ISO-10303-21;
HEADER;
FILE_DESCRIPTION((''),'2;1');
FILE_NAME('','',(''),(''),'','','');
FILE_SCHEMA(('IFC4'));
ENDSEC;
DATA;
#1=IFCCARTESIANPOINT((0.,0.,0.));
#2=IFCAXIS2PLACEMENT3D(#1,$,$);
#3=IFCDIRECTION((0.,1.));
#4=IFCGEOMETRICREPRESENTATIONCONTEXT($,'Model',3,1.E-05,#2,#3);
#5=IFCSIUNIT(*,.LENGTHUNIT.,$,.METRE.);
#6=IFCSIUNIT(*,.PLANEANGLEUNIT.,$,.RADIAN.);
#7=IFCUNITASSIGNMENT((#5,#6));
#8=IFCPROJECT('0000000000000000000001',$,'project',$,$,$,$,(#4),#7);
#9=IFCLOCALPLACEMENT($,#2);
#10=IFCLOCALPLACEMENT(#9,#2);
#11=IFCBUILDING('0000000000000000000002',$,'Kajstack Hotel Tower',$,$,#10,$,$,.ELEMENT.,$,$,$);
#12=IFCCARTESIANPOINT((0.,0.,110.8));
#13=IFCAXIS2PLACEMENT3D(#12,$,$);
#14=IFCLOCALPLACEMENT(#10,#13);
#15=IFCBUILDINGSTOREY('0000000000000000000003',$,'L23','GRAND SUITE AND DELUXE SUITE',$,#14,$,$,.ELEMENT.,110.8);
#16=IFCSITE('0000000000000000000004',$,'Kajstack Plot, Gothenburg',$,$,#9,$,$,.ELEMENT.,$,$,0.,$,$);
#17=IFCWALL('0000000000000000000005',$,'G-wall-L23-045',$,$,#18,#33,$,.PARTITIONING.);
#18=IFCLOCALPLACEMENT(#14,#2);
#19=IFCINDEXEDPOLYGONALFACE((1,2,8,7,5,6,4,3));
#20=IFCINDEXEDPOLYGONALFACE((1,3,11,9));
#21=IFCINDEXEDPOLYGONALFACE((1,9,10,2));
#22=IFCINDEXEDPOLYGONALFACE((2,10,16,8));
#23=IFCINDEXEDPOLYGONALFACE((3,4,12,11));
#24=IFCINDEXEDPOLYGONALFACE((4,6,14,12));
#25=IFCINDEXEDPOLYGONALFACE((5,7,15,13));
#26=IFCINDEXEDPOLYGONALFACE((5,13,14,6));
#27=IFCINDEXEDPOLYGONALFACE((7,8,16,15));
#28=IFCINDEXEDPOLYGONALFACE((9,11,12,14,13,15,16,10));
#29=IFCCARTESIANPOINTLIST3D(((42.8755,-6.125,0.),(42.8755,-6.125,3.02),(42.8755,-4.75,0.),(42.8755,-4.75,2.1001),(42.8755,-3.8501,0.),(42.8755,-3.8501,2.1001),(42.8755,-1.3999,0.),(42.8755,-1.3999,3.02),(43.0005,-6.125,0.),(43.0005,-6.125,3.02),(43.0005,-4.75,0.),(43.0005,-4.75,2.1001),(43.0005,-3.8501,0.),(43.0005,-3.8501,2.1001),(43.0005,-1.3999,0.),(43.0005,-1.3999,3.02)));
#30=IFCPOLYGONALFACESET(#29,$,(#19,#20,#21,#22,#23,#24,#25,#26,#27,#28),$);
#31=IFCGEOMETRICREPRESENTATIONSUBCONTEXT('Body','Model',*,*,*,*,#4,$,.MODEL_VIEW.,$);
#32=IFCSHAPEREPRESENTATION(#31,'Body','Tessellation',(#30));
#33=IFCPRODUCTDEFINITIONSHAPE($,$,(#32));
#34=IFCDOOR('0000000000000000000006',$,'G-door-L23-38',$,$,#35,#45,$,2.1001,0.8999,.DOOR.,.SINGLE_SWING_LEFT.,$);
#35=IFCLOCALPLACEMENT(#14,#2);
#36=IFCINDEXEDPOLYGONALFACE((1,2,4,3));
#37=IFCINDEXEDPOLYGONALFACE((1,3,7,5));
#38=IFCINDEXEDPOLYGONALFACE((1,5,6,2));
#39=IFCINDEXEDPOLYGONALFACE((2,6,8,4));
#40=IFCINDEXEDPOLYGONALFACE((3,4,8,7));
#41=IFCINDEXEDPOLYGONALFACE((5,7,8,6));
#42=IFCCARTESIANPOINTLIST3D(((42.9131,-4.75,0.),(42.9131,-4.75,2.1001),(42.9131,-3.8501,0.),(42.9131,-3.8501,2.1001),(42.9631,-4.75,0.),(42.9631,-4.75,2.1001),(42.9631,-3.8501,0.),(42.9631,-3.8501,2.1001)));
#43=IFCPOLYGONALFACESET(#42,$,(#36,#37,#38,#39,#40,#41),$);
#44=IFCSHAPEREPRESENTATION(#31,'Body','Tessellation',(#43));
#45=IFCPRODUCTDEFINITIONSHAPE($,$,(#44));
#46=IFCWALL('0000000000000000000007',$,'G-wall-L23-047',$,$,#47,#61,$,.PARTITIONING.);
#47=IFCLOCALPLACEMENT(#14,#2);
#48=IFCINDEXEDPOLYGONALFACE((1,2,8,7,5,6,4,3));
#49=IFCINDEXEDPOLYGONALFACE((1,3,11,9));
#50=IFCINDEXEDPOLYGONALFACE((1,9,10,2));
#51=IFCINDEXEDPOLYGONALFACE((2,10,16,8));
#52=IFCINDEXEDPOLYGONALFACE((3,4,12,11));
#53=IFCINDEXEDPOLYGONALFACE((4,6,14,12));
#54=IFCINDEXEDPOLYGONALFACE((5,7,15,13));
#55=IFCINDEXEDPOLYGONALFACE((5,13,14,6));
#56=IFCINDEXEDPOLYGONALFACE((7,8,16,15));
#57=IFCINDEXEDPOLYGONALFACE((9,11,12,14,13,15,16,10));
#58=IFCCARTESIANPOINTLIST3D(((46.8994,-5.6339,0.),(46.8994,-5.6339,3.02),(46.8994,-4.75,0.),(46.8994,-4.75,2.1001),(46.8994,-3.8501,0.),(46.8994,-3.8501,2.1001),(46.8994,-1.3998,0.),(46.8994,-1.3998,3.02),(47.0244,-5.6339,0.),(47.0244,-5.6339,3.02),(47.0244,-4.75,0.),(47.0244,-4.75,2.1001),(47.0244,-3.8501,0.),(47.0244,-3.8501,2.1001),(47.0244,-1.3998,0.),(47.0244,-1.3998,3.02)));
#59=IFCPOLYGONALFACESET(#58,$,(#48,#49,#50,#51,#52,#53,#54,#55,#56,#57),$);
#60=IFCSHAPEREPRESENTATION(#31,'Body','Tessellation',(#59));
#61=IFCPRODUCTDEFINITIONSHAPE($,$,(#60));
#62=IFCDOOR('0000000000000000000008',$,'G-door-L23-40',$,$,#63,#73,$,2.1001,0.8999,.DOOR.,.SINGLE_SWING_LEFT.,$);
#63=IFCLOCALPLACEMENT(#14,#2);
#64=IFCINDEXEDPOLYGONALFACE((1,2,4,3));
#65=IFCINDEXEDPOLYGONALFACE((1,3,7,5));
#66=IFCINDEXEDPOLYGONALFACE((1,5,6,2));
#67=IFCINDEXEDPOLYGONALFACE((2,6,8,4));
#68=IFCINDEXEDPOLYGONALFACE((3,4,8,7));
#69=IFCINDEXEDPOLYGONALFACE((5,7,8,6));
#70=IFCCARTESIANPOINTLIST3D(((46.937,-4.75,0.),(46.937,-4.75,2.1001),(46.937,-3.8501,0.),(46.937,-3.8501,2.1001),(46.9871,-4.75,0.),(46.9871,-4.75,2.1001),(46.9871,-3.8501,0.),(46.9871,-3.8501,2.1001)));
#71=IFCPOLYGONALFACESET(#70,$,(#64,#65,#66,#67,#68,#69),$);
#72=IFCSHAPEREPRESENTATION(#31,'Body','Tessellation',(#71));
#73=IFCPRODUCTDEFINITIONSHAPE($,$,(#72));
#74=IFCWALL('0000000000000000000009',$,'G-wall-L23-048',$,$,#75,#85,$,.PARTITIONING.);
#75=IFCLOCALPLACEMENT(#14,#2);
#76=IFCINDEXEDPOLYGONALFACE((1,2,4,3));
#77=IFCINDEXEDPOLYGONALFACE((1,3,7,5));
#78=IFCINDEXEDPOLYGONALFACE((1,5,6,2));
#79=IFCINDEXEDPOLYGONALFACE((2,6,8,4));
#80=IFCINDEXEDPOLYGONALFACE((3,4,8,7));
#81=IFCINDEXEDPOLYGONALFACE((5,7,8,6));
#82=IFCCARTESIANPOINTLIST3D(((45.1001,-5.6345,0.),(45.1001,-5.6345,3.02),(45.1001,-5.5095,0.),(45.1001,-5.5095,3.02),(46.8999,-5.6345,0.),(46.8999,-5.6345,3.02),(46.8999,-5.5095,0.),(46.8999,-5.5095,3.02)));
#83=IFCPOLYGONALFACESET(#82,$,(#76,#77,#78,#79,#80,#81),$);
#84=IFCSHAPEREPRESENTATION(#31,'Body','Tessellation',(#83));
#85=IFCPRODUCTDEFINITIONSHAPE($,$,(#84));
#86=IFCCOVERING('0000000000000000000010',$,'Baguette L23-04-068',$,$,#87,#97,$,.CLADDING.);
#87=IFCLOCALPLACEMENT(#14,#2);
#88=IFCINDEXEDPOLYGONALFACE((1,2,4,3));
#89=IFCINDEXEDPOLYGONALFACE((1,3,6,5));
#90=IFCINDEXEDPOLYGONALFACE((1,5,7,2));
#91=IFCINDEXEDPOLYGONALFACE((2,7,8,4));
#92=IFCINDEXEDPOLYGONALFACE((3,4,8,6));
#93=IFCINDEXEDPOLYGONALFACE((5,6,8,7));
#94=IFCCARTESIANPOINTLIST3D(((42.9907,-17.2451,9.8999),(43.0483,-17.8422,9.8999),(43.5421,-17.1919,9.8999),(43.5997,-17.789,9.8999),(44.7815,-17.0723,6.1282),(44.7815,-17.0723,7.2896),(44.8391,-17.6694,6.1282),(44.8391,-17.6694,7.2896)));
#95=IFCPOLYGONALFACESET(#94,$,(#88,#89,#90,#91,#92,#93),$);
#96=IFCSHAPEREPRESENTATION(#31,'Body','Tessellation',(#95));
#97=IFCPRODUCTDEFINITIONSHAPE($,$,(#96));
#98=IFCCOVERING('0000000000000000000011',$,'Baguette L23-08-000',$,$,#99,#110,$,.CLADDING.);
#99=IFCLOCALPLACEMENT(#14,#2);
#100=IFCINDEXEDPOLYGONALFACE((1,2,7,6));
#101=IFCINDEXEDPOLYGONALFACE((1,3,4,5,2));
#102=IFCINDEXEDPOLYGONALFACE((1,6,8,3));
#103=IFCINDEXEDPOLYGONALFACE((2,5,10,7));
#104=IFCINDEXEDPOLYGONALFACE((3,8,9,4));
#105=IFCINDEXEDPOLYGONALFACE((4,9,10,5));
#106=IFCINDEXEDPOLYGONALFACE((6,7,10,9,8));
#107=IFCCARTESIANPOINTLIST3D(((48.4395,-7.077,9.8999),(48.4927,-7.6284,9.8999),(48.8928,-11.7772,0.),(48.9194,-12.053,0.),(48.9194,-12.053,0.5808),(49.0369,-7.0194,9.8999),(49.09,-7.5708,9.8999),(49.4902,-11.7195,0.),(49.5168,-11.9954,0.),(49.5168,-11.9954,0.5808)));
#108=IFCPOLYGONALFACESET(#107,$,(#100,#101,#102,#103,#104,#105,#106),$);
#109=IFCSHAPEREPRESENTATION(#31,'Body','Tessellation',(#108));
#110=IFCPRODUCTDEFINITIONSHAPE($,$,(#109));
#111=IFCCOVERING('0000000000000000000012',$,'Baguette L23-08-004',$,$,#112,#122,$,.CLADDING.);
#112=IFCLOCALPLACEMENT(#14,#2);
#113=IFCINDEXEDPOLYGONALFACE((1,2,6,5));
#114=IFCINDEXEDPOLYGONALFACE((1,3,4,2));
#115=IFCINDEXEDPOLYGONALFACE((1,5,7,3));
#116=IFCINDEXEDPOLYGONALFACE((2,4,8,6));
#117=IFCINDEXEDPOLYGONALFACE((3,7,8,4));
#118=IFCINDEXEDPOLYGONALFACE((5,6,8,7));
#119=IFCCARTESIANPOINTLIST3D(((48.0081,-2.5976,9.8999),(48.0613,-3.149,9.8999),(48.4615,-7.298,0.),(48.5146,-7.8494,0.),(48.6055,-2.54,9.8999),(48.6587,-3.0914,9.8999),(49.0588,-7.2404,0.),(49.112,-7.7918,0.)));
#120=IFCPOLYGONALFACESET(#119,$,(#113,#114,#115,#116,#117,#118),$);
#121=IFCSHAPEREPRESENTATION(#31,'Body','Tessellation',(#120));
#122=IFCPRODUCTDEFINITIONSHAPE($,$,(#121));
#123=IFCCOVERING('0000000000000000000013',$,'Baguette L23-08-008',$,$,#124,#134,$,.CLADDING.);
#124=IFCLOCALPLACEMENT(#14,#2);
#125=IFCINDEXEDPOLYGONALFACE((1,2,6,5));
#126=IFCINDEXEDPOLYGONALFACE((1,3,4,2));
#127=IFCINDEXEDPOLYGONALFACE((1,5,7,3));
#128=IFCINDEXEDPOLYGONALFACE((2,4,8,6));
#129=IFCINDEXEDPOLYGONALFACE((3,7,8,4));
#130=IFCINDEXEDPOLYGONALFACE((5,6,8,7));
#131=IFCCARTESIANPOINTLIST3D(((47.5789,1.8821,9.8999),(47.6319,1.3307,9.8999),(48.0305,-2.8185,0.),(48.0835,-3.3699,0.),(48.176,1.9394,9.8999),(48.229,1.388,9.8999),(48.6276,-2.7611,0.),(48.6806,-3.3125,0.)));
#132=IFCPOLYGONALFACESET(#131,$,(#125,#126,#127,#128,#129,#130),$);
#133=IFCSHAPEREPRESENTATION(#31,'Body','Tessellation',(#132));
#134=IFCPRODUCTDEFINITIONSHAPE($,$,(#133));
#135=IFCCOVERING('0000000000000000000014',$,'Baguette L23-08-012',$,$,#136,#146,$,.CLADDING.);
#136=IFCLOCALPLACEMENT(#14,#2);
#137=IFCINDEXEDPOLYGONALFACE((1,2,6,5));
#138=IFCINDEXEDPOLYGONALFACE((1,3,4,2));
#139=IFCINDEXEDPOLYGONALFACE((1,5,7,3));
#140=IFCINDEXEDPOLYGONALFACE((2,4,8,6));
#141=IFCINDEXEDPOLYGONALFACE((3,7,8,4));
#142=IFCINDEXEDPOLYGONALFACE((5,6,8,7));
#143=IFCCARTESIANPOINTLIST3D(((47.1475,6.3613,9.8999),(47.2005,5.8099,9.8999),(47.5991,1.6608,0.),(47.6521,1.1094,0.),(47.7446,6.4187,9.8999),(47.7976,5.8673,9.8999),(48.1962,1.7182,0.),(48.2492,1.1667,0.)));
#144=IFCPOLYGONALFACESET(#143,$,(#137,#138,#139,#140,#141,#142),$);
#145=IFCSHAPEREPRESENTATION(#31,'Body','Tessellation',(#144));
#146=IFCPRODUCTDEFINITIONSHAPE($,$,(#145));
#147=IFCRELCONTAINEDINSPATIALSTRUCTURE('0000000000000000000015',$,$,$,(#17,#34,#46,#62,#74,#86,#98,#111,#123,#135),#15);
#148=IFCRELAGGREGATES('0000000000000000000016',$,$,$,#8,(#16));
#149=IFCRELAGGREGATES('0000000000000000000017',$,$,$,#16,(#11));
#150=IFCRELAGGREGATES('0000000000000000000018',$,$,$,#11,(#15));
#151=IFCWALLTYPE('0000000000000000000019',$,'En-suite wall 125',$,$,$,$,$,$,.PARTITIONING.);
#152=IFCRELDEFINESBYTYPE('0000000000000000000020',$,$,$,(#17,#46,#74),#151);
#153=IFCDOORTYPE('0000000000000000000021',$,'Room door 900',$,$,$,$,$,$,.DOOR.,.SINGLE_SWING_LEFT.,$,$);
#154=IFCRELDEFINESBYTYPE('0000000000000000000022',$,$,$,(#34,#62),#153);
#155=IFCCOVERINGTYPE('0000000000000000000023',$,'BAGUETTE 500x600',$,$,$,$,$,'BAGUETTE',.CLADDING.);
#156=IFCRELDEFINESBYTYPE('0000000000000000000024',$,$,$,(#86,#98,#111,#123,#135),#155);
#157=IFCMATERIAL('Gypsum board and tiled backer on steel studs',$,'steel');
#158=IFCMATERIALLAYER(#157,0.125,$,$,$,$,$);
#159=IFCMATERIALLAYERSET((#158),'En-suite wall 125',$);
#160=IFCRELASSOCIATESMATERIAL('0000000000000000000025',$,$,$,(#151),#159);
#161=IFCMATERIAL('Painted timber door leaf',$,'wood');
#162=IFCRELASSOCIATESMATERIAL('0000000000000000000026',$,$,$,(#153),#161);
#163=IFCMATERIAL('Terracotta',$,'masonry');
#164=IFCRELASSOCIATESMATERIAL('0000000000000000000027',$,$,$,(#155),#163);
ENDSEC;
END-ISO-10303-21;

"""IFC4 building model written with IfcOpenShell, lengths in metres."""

from ifc_helpers import new_model, si_unit, direction, frame, frame_2d, origin, origin_2d, place, context, subcontext, project, spatial, polyline, rectangle, outline, extrude, material, layer, layer_set, material_profile, profile_set, type_object, element, fill, save


model = new_model("IFC4")

# Units and contexts
model_context = context("Model", 3, precision=1e-05, world=origin(), true_north=direction((0.0, 1.0)))
body_context = subcontext(model_context, "Body", "Model", "MODEL_VIEW")
ifc_project = project(units=[si_unit("LENGTHUNIT", "METRE"), si_unit("PLANEANGLEUNIT", "RADIAN")], contexts=[model_context])

# Site, building, storey
site_placement = place(None, origin())
site = spatial("IfcSite", under=ifc_project, at=site_placement, Name="Kajstack Plot, Gothenburg", CompositionType="ELEMENT", RefElevation=0.0)
building_placement = place(site_placement, origin())
building = spatial("IfcBuilding", under=site, at=building_placement, Name="Kajstack Hotel Tower", CompositionType="ELEMENT")
storey_placement = place(building_placement, frame((0.0, 0.0, 110.8)))
storey = spatial("IfcBuildingStorey", under=building, at=storey_placement, Name="L23", Description="GRAND SUITE AND DELUXE SUITE", CompositionType="ELEMENT", Elevation=110.8)

# Walls, openings, doors
ifc_material_1 = material(Name="Gypsum board and tiled backer on steel studs", Category="steel")
ifc_layer_1 = layer(ifc_material_1, 0.125)
ifc_layer_set_1 = layer_set([ifc_layer_1], Name="En-suite wall 125")
wall_type_1 = type_object("IfcWallType", Name="En-suite wall 125", PredefinedType="PARTITIONING", material=ifc_layer_set_1)
wall_1_placement = place(storey_placement, frame((42.938, -6.125, 0.0), z_axis=(0.0, 0.0, 1.0), x_axis=(0.0, 1.0, 0.0)))
wall_1 = element("IfcWall", 1, at=wall_1_placement, inside=storey, type_object=wall_type_1, Name="G-wall-L23-045", PredefinedType="PARTITIONING", context=body_context, shape_type="SweptSolid", body=[
    extrude(rectangle(XDim=4.7251, YDim=0.125, at=frame_2d((2.3625, 0.0))), origin(), (0.0, 0.0, 1.0), 3.02),
])
opening_1_placement = place(wall_1_placement, frame((1.375, 0.0, 0.0)))
opening_1 = element("IfcOpeningElement", 2, at=opening_1_placement, cuts=wall_1, PredefinedType="OPENING", context=body_context, shape_type="SweptSolid", body=[
    extrude(rectangle(XDim=0.8999, YDim=2.1001, at=frame_2d((0.45, 1.05))), frame((0.0, 0.0725, 0.0), z_axis=(0.0, -1.0, 0.0), x_axis=(1.0, 0.0, 0.0)), (0.0, 0.0, 1.0), 0.145),
])
ifc_material_2 = material(Name="Painted timber door leaf", Category="wood")
door_type = type_object("IfcDoorType", Name="Room door 900", OperationType="SINGLE_SWING_LEFT", PredefinedType="DOOR", material=ifc_material_2)
door_1_placement = place(opening_1_placement, origin())
door_1 = element("IfcDoor", 3, at=door_1_placement, inside=storey, type_object=door_type, Name="G-door-L23-38", OperationType="SINGLE_SWING_LEFT", OverallHeight=2.1001, OverallWidth=0.8999, PredefinedType="DOOR", context=body_context, shape_type="SweptSolid", body=[
    extrude(rectangle(XDim=0.8999, YDim=2.1001, at=frame_2d((0.45, 1.05))), frame((0.0, 0.0249, 0.0), z_axis=(0.0, -1.0, 0.0), x_axis=(1.0, 0.0, 0.0)), (0.0, 0.0, 1.0), 0.05),
])
fill(opening_1, door_1)
wall_2_placement = place(storey_placement, frame((46.9619, -5.634, 0.0), z_axis=(0.0, 0.0, 1.0), x_axis=(0.0, 1.0, 0.0)))
wall_2 = element("IfcWall", 4, at=wall_2_placement, inside=storey, type_object=wall_type_1, Name="G-wall-L23-047", PredefinedType="PARTITIONING", context=body_context, shape_type="SweptSolid", body=[
    extrude(rectangle(XDim=4.2341, YDim=0.125, at=frame_2d((2.1172, 0.0))), origin(), (0.0, 0.0, 1.0), 3.02),
])
opening_2_placement = place(wall_2_placement, frame((0.884, 0.0, 0.0)))
opening_2 = element("IfcOpeningElement", 5, at=opening_2_placement, cuts=wall_2, PredefinedType="OPENING", context=body_context, shape_type="SweptSolid", body=[
    extrude(rectangle(XDim=0.8999, YDim=2.1001, at=frame_2d((0.45, 1.05))), frame((0.0, 0.0725, 0.0), z_axis=(0.0, -1.0, 0.0), x_axis=(1.0, 0.0, 0.0)), (0.0, 0.0, 1.0), 0.145),
])
door_2_placement = place(opening_2_placement, origin())
door_2 = element("IfcDoor", 6, at=door_2_placement, inside=storey, type_object=door_type, Name="G-door-L23-40", OperationType="SINGLE_SWING_LEFT", OverallHeight=2.1001, OverallWidth=0.8999, PredefinedType="DOOR", context=body_context, shape_type="SweptSolid", body=[
    extrude(rectangle(XDim=0.8999, YDim=2.1001, at=frame_2d((0.45, 1.05))), frame((0.0, 0.0249, 0.0), z_axis=(0.0, -1.0, 0.0), x_axis=(1.0, 0.0, 0.0)), (0.0, 0.0, 1.0), 0.05),
])
fill(opening_2, door_2)

# Wall
wall_3_placement = place(storey_placement, frame((45.1001, -5.572, 0.0), z_axis=(0.0, 0.0, 1.0), x_axis=(1.0, 0.0, 0.0)))
element("IfcWall", 7, at=wall_3_placement, inside=storey, type_object=wall_type_1, Name="G-wall-L23-048", PredefinedType="PARTITIONING", context=body_context, shape_type="SweptSolid", body=[
    extrude(rectangle(XDim=1.7998, YDim=0.125, at=frame_2d((0.8999, 0.0))), origin(), (0.0, 0.0, 1.0), 3.02),
])

# Coverings
ifc_material_3 = material(Name="Terracotta", Category="masonry")
ifc_material_profile = material_profile(ifc_material_3, rectangle(XDim=0.6001, YDim=0.5, at=origin_2d()), Name="Terracotta-clad concrete baguette 500 x 600")
ifc_profile_set = profile_set([ifc_material_profile], Name="Terracotta")
covering_type = type_object("IfcCoveringType", Name="BAGUETTE 500x600", ElementType="BAGUETTE", PredefinedType="CLADDING", material=ifc_profile_set)
covering_1_placement = place(storey_placement, frame((42.9907, -17.2451, 0.0), z_axis=(0.096038, -0.995378, 0.0), x_axis=(0.995378, 0.096038, 0.0)))
element("IfcCovering", 8, at=covering_1_placement, inside=storey, type_object=covering_type, Name="Baguette L23-04-068", PredefinedType="CLADDING", context=body_context, shape_type="SweptSolid", body=[
    extrude(outline(polyline([(0.0, 9.8999), (1.7991, 6.1282), (1.7991, 7.2896), (0.554, 9.8999), (0.0, 9.8999)])), origin(), (0.0, 0.0, 1.0), 0.5999),
])
covering_2_placement = place(storey_placement, frame((48.9194, -12.053, 0.0), z_axis=(0.995381, 0.095999, 0.0), x_axis=(-0.095999, 0.995381, 0.0)))
element("IfcCovering", 9, at=covering_2_placement, inside=storey, type_object=covering_type, Name="Baguette L23-08-000", PredefinedType="CLADDING", context=body_context, shape_type="SweptSolid", body=[
    extrude(outline(polyline([(4.4451, 9.8999), (0.0, 0.5808), (0.0, 0.0), (0.2771, 0.0), (4.999, 9.8999), (4.4451, 9.8999)])), origin(), (0.0, 0.0, 1.0), 0.6001),
])
covering_3_placement = place(storey_placement, frame((48.5146, -7.8494, 0.0), z_axis=(0.995381, 0.095999, 0.0), x_axis=(-0.095999, 0.995381, 0.0)))
element("IfcCovering", 10, at=covering_3_placement, inside=storey, type_object=covering_type, Name="Baguette L23-08-004", PredefinedType="CLADDING", context=body_context, shape_type="SweptSolid", body=[
    extrude(outline(polyline([(4.7222, 9.8999), (0.0, 0.0), (0.554, 0.0), (5.2761, 9.8999), (4.7222, 9.8999)])), origin(), (0.0, 0.0, 1.0), 0.6001),
])
for number, where, z_axis, x_axis, name in (
    (11, (48.0835, -3.3699, 0.0), (0.995416, 0.095635, 0.0), (-0.095635, 0.995416, 0.0), "Baguette L23-08-008"),
    (12, (47.6521, 1.1094, 0.0), (0.995416, 0.095635, 0.0), (-0.095635, 0.995416, 0.0), "Baguette L23-08-012"),
):
    element("IfcCovering", number, at=place(storey_placement, frame(where, z_axis=z_axis, x_axis=x_axis)), inside=storey, type_object=covering_type, Name=name, PredefinedType="CLADDING", context=body_context, shape_type="SweptSolid", body=[
        extrude(outline(polyline([(4.7222, 9.8999), (0.0, 0.0), (0.554, 0.0), (5.2761, 9.8999), (4.7222, 9.8999)])), origin(), (0.0, 0.0, 1.0), 0.5999),
    ])

save(model, "model.ifc")
